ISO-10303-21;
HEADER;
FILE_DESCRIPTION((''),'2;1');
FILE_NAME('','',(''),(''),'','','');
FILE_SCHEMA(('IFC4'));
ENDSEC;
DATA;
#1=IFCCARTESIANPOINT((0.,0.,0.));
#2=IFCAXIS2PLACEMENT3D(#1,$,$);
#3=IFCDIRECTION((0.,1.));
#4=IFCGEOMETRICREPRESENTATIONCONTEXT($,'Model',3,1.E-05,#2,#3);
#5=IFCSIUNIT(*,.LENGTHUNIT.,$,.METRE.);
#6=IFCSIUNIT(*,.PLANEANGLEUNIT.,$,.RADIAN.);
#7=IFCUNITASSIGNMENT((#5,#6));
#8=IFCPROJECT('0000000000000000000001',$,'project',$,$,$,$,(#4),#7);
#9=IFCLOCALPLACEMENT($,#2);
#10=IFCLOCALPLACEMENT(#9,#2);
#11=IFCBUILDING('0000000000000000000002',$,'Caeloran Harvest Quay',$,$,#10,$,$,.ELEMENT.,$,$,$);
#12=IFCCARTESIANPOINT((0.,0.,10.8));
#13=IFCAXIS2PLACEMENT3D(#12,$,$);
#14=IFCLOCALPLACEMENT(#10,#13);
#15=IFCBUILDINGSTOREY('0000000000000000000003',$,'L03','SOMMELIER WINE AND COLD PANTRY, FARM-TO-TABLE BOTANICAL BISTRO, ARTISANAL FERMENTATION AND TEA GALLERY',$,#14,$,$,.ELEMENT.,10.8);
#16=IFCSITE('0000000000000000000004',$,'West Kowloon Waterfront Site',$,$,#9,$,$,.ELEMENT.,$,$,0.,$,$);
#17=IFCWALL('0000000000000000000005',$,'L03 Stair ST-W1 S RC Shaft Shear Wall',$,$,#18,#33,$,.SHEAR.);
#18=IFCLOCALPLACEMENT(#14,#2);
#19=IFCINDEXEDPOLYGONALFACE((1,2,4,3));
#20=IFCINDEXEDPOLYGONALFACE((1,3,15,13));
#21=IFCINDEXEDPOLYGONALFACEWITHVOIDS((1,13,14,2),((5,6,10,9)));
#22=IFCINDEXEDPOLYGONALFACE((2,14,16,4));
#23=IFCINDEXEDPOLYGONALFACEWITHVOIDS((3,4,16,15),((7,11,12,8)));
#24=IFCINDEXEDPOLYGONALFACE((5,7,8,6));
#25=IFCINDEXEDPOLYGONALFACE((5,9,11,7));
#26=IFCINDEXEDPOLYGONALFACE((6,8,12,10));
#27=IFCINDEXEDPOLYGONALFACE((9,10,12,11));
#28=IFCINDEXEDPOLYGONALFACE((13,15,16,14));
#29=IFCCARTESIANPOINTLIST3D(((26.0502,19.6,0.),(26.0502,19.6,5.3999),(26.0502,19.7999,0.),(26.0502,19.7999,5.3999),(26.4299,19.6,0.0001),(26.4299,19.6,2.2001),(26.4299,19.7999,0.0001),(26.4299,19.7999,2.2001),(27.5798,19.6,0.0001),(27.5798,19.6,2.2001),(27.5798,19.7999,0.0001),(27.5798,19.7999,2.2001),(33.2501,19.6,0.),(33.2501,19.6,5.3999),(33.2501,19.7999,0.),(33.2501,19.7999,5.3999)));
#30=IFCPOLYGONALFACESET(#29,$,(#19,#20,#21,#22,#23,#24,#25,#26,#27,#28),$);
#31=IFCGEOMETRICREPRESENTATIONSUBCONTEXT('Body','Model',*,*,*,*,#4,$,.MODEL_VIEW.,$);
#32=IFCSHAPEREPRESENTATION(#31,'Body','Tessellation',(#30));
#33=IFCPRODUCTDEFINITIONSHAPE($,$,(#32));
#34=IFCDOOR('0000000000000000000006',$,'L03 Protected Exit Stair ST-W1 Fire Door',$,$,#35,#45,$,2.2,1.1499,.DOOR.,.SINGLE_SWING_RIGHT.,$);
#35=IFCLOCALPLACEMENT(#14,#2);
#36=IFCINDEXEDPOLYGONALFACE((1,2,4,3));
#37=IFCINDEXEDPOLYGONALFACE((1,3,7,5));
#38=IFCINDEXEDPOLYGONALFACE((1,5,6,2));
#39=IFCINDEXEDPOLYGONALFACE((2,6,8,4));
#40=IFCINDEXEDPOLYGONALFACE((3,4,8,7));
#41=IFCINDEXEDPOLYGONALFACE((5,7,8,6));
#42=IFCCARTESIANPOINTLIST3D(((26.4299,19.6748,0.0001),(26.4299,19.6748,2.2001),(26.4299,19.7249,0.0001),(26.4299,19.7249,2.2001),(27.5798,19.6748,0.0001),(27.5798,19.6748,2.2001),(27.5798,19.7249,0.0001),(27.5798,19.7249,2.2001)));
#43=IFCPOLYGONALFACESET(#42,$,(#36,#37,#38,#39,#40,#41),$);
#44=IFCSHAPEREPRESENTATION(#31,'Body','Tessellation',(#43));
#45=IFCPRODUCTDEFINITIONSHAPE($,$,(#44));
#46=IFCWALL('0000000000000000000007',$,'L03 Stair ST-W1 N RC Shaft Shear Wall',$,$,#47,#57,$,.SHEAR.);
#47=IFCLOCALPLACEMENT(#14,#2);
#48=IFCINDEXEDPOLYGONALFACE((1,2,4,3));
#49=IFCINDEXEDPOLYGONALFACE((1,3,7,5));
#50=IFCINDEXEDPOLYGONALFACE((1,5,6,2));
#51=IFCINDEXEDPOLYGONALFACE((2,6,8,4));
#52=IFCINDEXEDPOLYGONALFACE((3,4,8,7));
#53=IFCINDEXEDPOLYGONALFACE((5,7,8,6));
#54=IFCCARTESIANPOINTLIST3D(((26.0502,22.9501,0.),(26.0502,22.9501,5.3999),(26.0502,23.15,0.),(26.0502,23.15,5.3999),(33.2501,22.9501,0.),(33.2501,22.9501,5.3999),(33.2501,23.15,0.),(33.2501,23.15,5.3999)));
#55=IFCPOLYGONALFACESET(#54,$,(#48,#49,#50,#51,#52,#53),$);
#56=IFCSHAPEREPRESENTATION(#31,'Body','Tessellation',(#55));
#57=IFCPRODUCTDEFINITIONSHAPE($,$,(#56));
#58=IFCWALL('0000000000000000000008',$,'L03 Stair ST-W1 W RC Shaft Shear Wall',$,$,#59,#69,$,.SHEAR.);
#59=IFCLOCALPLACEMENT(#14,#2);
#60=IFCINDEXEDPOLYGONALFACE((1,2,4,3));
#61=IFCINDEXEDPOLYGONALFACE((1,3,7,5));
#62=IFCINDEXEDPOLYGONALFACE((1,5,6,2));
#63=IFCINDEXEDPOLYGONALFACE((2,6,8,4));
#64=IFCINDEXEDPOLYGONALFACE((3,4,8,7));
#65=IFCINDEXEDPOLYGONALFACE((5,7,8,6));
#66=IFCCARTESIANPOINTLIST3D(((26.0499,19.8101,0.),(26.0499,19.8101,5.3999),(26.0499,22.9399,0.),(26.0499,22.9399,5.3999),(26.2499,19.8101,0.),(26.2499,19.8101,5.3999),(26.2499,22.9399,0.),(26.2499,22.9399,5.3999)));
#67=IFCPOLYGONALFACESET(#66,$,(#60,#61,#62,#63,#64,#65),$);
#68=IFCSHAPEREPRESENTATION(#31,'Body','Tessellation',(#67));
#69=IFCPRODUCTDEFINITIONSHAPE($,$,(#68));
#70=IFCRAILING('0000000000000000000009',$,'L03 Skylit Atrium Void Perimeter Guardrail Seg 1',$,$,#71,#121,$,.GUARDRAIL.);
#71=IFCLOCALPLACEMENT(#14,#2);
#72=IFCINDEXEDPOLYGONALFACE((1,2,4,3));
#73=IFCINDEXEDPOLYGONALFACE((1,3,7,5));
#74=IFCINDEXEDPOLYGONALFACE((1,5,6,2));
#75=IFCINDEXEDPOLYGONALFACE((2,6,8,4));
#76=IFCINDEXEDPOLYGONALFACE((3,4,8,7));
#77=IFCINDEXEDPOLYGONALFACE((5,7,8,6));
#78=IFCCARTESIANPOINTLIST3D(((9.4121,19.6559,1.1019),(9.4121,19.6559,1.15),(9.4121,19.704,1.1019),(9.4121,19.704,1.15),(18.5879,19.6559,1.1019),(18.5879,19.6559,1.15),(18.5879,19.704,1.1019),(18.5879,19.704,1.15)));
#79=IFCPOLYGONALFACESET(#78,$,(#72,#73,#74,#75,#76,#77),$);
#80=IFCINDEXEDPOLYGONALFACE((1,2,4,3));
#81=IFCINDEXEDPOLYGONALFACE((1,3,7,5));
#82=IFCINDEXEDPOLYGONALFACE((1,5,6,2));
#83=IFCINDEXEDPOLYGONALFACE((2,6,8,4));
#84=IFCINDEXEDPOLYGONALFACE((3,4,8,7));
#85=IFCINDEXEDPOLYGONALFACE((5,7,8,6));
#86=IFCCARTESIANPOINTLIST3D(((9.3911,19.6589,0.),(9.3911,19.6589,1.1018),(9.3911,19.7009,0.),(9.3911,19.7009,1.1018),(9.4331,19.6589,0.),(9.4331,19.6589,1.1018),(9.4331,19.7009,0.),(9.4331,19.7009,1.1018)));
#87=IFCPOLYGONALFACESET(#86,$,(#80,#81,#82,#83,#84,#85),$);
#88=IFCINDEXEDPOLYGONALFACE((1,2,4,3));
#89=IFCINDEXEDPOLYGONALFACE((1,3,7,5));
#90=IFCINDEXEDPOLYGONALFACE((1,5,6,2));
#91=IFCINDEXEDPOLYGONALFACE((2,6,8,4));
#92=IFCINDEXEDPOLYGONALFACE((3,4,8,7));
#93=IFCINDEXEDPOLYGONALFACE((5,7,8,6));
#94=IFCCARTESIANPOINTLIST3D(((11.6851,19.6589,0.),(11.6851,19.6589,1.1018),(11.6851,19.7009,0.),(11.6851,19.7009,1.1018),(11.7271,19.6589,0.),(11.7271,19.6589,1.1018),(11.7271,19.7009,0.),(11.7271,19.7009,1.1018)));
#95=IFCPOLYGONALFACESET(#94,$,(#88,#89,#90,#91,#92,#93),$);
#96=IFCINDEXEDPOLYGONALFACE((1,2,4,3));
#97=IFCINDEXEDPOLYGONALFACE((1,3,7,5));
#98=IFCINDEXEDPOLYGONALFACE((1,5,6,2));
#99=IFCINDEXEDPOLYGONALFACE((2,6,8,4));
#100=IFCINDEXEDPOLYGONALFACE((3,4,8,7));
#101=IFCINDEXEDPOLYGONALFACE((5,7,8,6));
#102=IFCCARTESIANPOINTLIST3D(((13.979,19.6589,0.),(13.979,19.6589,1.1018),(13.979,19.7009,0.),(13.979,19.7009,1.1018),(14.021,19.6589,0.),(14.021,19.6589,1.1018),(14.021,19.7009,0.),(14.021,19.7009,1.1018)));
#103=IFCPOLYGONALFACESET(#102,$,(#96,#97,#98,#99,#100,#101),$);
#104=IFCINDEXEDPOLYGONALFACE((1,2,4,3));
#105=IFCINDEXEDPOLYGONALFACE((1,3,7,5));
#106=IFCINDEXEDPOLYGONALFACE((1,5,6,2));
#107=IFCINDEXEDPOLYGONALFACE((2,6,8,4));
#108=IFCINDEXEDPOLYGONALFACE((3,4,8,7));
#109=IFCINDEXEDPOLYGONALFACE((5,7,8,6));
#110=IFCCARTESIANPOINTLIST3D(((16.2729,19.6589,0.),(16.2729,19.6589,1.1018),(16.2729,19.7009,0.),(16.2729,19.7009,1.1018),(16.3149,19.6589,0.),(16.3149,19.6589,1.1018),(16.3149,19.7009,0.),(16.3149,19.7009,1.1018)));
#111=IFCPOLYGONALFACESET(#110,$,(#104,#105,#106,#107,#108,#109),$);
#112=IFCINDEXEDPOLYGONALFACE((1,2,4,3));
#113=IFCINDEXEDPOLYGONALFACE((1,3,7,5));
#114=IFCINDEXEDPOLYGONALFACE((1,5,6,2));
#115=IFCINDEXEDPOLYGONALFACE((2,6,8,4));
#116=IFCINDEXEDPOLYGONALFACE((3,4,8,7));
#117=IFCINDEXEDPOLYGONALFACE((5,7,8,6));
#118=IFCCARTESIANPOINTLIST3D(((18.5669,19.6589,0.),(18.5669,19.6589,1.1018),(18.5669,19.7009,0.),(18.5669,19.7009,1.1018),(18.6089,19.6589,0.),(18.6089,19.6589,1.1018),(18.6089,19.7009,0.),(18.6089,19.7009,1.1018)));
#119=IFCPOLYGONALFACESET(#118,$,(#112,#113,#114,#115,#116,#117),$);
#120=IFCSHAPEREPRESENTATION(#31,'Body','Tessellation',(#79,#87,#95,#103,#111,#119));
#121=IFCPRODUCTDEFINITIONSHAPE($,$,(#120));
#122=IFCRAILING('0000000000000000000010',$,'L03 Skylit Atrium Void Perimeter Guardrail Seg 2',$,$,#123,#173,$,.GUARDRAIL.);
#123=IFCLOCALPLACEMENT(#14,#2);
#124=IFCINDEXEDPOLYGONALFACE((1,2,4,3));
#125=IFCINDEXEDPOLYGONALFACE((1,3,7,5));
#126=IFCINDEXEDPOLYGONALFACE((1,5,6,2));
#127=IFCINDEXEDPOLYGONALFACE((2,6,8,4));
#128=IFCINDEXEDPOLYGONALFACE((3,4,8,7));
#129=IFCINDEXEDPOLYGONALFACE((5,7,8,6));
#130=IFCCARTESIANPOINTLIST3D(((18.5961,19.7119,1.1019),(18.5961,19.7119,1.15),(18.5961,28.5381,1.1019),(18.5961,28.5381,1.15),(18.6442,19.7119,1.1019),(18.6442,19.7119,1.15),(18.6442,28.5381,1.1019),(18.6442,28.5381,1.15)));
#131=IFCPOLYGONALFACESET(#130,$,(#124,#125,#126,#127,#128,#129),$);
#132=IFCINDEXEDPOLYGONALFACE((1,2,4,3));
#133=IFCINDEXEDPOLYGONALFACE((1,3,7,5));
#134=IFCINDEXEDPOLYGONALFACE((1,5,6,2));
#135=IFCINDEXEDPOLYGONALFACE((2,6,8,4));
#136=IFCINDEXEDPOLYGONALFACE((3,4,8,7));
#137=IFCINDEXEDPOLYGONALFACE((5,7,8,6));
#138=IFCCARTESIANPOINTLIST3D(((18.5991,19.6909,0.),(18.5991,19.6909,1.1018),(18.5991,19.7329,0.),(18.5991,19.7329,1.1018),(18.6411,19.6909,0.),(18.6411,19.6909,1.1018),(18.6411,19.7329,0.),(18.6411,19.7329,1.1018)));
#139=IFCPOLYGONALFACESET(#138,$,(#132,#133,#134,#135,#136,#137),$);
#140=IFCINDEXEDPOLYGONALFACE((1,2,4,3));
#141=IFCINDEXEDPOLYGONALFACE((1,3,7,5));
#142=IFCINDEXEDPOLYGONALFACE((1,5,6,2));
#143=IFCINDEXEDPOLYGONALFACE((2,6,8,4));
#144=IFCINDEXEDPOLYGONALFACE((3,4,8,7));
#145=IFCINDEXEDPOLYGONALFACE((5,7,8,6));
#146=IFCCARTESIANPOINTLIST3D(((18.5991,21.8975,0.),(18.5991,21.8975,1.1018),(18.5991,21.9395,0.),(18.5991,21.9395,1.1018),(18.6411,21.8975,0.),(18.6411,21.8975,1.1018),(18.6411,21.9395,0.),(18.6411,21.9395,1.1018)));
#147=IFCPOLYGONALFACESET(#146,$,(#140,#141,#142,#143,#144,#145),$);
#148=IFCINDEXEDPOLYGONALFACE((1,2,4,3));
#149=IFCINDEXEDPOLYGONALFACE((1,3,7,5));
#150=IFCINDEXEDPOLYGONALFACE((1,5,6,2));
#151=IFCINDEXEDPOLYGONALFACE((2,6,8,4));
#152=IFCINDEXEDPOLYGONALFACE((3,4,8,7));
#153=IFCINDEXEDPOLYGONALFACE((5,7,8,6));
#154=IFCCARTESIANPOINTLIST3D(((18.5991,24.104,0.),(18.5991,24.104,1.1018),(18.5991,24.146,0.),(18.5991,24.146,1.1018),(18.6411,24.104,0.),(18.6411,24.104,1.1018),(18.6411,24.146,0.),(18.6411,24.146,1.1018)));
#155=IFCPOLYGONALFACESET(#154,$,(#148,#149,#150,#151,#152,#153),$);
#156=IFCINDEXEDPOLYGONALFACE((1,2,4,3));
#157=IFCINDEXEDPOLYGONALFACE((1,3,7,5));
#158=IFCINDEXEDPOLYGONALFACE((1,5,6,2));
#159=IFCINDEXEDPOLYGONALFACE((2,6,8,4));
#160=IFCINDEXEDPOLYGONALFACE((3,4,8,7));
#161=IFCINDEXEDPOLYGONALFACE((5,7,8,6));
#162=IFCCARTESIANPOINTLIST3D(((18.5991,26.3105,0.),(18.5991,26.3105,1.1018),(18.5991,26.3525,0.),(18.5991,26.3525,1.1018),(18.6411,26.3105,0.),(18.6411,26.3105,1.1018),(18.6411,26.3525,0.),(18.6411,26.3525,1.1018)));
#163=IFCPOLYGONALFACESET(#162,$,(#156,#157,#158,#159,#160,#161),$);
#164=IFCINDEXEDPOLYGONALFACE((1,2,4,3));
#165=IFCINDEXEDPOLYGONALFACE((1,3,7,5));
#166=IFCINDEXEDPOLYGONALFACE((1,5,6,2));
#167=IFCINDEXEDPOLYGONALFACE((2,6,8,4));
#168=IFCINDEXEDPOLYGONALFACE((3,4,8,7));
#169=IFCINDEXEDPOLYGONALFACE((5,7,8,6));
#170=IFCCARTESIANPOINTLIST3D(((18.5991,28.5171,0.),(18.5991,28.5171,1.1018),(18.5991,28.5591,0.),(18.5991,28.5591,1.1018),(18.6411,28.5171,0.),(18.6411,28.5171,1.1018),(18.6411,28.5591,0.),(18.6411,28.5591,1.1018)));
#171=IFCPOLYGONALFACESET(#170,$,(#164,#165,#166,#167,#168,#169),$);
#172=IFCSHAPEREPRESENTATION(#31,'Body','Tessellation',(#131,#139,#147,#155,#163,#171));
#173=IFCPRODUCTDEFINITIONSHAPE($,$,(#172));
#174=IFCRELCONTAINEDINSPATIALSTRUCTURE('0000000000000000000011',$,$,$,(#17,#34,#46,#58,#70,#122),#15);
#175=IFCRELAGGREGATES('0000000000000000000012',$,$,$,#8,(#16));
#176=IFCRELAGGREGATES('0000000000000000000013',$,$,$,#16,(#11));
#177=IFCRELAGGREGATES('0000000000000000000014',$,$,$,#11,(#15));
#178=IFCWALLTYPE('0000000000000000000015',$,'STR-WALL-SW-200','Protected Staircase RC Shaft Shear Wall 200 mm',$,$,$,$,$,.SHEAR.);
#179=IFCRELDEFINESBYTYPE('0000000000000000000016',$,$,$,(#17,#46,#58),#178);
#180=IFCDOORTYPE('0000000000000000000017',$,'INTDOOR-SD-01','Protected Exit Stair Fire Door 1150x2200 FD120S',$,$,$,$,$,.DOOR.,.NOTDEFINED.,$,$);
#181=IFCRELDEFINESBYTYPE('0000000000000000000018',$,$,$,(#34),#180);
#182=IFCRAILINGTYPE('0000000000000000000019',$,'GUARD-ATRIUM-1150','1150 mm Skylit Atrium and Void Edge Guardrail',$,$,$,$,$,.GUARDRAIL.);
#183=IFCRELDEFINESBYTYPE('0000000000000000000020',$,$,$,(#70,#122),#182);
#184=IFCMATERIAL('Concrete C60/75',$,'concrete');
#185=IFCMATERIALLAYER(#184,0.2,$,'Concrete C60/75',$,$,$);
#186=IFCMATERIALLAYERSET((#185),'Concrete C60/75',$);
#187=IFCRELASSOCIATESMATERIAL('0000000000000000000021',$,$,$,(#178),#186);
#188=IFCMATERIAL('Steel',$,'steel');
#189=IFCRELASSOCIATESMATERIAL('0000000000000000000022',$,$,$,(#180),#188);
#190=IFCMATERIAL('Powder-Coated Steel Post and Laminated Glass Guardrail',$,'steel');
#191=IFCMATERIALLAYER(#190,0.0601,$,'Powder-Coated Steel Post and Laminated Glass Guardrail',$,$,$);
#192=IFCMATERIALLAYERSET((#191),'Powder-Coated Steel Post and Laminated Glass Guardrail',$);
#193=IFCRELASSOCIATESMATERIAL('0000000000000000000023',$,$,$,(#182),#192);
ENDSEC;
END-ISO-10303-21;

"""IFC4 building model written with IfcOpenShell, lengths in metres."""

from ifc_helpers import new_model, si_unit, direction, frame, frame_2d, origin, origin_2d, place, context, subcontext, project, spatial, rectangle, extrude, material, layer, layer_set, type_object, element, fill, save


model = new_model("IFC4")

# Units and contexts
model_context = context("Model", 3, precision=1e-05, world=origin(), true_north=direction((0.0, 1.0)))
body_context = subcontext(model_context, "Body", "Model", "MODEL_VIEW")
ifc_project = project(units=[si_unit("LENGTHUNIT", "METRE"), si_unit("PLANEANGLEUNIT", "RADIAN")], contexts=[model_context])

# Site, building, storey
site_placement = place(None, origin())
site = spatial("IfcSite", under=ifc_project, at=site_placement, Name="West Kowloon Waterfront Site", CompositionType="ELEMENT", RefElevation=0.0)
building_placement = place(site_placement, origin())
building = spatial("IfcBuilding", under=site, at=building_placement, Name="Caeloran Harvest Quay", CompositionType="ELEMENT")
storey_placement = place(building_placement, frame((0.0, 0.0, 10.8)))
storey = spatial("IfcBuildingStorey", under=building, at=storey_placement, Name="L03", Description="SOMMELIER WINE AND COLD PANTRY, FARM-TO-TABLE BOTANICAL BISTRO, ARTISANAL FERMENTATION AND TEA GALLERY", CompositionType="ELEMENT", Elevation=10.8)

# Wall, opening, door
ifc_material_1 = material(Name="Concrete C60/75", Category="concrete")
ifc_layer_1 = layer(ifc_material_1, 0.2, Name="Concrete C60/75")
ifc_layer_set_1 = layer_set([ifc_layer_1], Name="Concrete C60/75")
wall_type_1 = type_object("IfcWallType", Name="STR-WALL-SW-200", Description="Protected Staircase RC Shaft Shear Wall 200 mm", PredefinedType="SHEAR", material=ifc_layer_set_1)
wall_1_placement = place(storey_placement, frame((26.05, 19.7, 0.0), z_axis=(0.0, 0.0, 1.0), x_axis=(1.0, 0.0, 0.0)))
wall_1 = element("IfcWall", 1, at=wall_1_placement, inside=storey, type_object=wall_type_1, Name="L03 Stair ST-W1 S RC Shaft Shear Wall", PredefinedType="SHEAR", context=body_context, shape_type="SweptSolid", body=[
    extrude(rectangle(XDim=7.2, YDim=0.2, at=frame_2d((3.6001, 0.0))), origin(), (0.0, 0.0, 1.0), 5.3999),
])
opening_1_placement = place(wall_1_placement, frame((0.3799, 0.0, 0.0)))
opening_1 = element("IfcOpeningElement", 2, at=opening_1_placement, cuts=wall_1, PredefinedType="OPENING", context=body_context, shape_type="SweptSolid", body=[
    extrude(rectangle(XDim=1.1499, YDim=2.2, at=frame_2d((0.575, 1.1001))), frame((0.0, 0.1099, 0.0), z_axis=(0.0, -1.0, 0.0), x_axis=(1.0, 0.0, 0.0)), (0.0, 0.0, 1.0), 0.22),
])
ifc_material_2 = material(Name="Steel", Category="steel")
door_type_1 = type_object("IfcDoorType", Name="INTDOOR-SD-01", Description="Protected Exit Stair Fire Door 1150x2200 FD120S", OperationType="NOTDEFINED", PredefinedType="DOOR", material=ifc_material_2)
door_1_placement = place(opening_1_placement, origin())
door_1 = element("IfcDoor", 3, at=door_1_placement, inside=storey, type_object=door_type_1, Name="L03 Protected Exit Stair ST-W1 Fire Door", OperationType="SINGLE_SWING_RIGHT", OverallHeight=2.2, OverallWidth=1.1499, PredefinedType="DOOR", context=body_context, shape_type="SweptSolid", body=[
    extrude(rectangle(XDim=1.1499, YDim=2.2, at=frame_2d((0.575, 1.1001))), frame((0.0, 0.0249, 0.0), z_axis=(0.0, -1.0, 0.0), x_axis=(1.0, 0.0, 0.0)), (0.0, 0.0, 1.0), 0.05),
])
fill(opening_1, door_1)

# Walls
wall_2_placement = place(storey_placement, frame((26.05, 23.05, 0.0), z_axis=(0.0, 0.0, 1.0), x_axis=(1.0, 0.0, 0.0)))
element("IfcWall", 4, at=wall_2_placement, inside=storey, type_object=wall_type_1, Name="L03 Stair ST-W1 N RC Shaft Shear Wall", PredefinedType="SHEAR", context=body_context, shape_type="SweptSolid", body=[
    extrude(rectangle(XDim=7.2, YDim=0.2, at=frame_2d((3.6001, 0.0))), origin(), (0.0, 0.0, 1.0), 5.3999),
])
wall_3_placement = place(storey_placement, frame((26.1499, 19.8101, 0.0), z_axis=(0.0, 0.0, 1.0), x_axis=(0.0, 1.0, 0.0)))
element("IfcWall", 5, at=wall_3_placement, inside=storey, type_object=wall_type_1, Name="L03 Stair ST-W1 W RC Shaft Shear Wall", PredefinedType="SHEAR", context=body_context, shape_type="SweptSolid", body=[
    extrude(rectangle(XDim=3.1299, YDim=0.2, at=frame_2d((1.5649, 0.0))), origin(), (0.0, 0.0, 1.0), 5.3999),
])

# Railings
ifc_material_3 = material(Name="Powder-Coated Steel Post and Laminated Glass Guardrail", Category="steel")
ifc_layer_2 = layer(ifc_material_3, 0.0601, Name="Powder-Coated Steel Post and Laminated Glass Guardrail")
ifc_layer_set_2 = layer_set([ifc_layer_2], Name="Powder-Coated Steel Post and Laminated Glass Guardrail")
railing_type = type_object("IfcRailingType", Name="GUARD-ATRIUM-1150", Description="1150 mm Skylit Atrium and Void Edge Guardrail", PredefinedType="GUARDRAIL", material=ifc_layer_set_2)
railing_1_placement = place(storey_placement, frame((9.4121, 19.6799, 0.0)))
element("IfcRailing", 6, at=railing_1_placement, inside=storey, type_object=railing_type, Name="L03 Skylit Atrium Void Perimeter Guardrail Seg 1", PredefinedType="GUARDRAIL", context=body_context, shape_type="SweptSolid", body=[
    extrude(rectangle(XDim=0.0481, YDim=0.0481, at=origin_2d()), frame((0.0, 0.0, 1.126), z_axis=(1.0, 0.0, 0.0), x_axis=(0.0, 1.0, 0.0)), (0.0, 0.0, 1.0), 9.1758),
    extrude(rectangle(XDim=0.042, YDim=0.042, at=origin_2d()), origin(), (0.0, 0.0, 1.0), 1.1018),
    extrude(rectangle(XDim=0.042, YDim=0.042, at=origin_2d()), frame((2.2939, 0.0, 0.0)), (0.0, 0.0, 1.0), 1.1018),
    extrude(rectangle(XDim=0.042, YDim=0.042, at=origin_2d()), frame((4.5879, 0.0, 0.0)), (0.0, 0.0, 1.0), 1.1018),
    extrude(rectangle(XDim=0.042, YDim=0.042, at=origin_2d()), frame((6.8818, 0.0, 0.0)), (0.0, 0.0, 1.0), 1.1018),
    extrude(rectangle(XDim=0.042, YDim=0.042, at=origin_2d()), frame((9.1758, 0.0, 0.0)), (0.0, 0.0, 1.0), 1.1018),
])
railing_2_placement = place(storey_placement, frame((18.6201, 19.7119, 0.0)))
element("IfcRailing", 7, at=railing_2_placement, inside=storey, type_object=railing_type, Name="L03 Skylit Atrium Void Perimeter Guardrail Seg 2", PredefinedType="GUARDRAIL", context=body_context, shape_type="SweptSolid", body=[
    extrude(rectangle(XDim=0.0481, YDim=0.0481, at=origin_2d()), frame((0.0, 0.0, 1.126), z_axis=(0.0, 1.0, 0.0), x_axis=(-1.0, 0.0, 0.0)), (0.0, 0.0, 1.0), 8.8262),
    extrude(rectangle(XDim=0.042, YDim=0.042, at=origin_2d()), origin(), (0.0, 0.0, 1.0), 1.1018),
    extrude(rectangle(XDim=0.042, YDim=0.042, at=origin_2d()), frame((0.0, 2.2065, 0.0)), (0.0, 0.0, 1.0), 1.1018),
    extrude(rectangle(XDim=0.042, YDim=0.042, at=origin_2d()), frame((0.0, 4.4131, 0.0)), (0.0, 0.0, 1.0), 1.1018),
    extrude(rectangle(XDim=0.042, YDim=0.042, at=origin_2d()), frame((0.0, 6.6196, 0.0)), (0.0, 0.0, 1.0), 1.1018),
    extrude(rectangle(XDim=0.042, YDim=0.042, at=origin_2d()), frame((0.0, 8.8262, 0.0)), (0.0, 0.0, 1.0), 1.1018),
])

save(model, "model.ifc")
